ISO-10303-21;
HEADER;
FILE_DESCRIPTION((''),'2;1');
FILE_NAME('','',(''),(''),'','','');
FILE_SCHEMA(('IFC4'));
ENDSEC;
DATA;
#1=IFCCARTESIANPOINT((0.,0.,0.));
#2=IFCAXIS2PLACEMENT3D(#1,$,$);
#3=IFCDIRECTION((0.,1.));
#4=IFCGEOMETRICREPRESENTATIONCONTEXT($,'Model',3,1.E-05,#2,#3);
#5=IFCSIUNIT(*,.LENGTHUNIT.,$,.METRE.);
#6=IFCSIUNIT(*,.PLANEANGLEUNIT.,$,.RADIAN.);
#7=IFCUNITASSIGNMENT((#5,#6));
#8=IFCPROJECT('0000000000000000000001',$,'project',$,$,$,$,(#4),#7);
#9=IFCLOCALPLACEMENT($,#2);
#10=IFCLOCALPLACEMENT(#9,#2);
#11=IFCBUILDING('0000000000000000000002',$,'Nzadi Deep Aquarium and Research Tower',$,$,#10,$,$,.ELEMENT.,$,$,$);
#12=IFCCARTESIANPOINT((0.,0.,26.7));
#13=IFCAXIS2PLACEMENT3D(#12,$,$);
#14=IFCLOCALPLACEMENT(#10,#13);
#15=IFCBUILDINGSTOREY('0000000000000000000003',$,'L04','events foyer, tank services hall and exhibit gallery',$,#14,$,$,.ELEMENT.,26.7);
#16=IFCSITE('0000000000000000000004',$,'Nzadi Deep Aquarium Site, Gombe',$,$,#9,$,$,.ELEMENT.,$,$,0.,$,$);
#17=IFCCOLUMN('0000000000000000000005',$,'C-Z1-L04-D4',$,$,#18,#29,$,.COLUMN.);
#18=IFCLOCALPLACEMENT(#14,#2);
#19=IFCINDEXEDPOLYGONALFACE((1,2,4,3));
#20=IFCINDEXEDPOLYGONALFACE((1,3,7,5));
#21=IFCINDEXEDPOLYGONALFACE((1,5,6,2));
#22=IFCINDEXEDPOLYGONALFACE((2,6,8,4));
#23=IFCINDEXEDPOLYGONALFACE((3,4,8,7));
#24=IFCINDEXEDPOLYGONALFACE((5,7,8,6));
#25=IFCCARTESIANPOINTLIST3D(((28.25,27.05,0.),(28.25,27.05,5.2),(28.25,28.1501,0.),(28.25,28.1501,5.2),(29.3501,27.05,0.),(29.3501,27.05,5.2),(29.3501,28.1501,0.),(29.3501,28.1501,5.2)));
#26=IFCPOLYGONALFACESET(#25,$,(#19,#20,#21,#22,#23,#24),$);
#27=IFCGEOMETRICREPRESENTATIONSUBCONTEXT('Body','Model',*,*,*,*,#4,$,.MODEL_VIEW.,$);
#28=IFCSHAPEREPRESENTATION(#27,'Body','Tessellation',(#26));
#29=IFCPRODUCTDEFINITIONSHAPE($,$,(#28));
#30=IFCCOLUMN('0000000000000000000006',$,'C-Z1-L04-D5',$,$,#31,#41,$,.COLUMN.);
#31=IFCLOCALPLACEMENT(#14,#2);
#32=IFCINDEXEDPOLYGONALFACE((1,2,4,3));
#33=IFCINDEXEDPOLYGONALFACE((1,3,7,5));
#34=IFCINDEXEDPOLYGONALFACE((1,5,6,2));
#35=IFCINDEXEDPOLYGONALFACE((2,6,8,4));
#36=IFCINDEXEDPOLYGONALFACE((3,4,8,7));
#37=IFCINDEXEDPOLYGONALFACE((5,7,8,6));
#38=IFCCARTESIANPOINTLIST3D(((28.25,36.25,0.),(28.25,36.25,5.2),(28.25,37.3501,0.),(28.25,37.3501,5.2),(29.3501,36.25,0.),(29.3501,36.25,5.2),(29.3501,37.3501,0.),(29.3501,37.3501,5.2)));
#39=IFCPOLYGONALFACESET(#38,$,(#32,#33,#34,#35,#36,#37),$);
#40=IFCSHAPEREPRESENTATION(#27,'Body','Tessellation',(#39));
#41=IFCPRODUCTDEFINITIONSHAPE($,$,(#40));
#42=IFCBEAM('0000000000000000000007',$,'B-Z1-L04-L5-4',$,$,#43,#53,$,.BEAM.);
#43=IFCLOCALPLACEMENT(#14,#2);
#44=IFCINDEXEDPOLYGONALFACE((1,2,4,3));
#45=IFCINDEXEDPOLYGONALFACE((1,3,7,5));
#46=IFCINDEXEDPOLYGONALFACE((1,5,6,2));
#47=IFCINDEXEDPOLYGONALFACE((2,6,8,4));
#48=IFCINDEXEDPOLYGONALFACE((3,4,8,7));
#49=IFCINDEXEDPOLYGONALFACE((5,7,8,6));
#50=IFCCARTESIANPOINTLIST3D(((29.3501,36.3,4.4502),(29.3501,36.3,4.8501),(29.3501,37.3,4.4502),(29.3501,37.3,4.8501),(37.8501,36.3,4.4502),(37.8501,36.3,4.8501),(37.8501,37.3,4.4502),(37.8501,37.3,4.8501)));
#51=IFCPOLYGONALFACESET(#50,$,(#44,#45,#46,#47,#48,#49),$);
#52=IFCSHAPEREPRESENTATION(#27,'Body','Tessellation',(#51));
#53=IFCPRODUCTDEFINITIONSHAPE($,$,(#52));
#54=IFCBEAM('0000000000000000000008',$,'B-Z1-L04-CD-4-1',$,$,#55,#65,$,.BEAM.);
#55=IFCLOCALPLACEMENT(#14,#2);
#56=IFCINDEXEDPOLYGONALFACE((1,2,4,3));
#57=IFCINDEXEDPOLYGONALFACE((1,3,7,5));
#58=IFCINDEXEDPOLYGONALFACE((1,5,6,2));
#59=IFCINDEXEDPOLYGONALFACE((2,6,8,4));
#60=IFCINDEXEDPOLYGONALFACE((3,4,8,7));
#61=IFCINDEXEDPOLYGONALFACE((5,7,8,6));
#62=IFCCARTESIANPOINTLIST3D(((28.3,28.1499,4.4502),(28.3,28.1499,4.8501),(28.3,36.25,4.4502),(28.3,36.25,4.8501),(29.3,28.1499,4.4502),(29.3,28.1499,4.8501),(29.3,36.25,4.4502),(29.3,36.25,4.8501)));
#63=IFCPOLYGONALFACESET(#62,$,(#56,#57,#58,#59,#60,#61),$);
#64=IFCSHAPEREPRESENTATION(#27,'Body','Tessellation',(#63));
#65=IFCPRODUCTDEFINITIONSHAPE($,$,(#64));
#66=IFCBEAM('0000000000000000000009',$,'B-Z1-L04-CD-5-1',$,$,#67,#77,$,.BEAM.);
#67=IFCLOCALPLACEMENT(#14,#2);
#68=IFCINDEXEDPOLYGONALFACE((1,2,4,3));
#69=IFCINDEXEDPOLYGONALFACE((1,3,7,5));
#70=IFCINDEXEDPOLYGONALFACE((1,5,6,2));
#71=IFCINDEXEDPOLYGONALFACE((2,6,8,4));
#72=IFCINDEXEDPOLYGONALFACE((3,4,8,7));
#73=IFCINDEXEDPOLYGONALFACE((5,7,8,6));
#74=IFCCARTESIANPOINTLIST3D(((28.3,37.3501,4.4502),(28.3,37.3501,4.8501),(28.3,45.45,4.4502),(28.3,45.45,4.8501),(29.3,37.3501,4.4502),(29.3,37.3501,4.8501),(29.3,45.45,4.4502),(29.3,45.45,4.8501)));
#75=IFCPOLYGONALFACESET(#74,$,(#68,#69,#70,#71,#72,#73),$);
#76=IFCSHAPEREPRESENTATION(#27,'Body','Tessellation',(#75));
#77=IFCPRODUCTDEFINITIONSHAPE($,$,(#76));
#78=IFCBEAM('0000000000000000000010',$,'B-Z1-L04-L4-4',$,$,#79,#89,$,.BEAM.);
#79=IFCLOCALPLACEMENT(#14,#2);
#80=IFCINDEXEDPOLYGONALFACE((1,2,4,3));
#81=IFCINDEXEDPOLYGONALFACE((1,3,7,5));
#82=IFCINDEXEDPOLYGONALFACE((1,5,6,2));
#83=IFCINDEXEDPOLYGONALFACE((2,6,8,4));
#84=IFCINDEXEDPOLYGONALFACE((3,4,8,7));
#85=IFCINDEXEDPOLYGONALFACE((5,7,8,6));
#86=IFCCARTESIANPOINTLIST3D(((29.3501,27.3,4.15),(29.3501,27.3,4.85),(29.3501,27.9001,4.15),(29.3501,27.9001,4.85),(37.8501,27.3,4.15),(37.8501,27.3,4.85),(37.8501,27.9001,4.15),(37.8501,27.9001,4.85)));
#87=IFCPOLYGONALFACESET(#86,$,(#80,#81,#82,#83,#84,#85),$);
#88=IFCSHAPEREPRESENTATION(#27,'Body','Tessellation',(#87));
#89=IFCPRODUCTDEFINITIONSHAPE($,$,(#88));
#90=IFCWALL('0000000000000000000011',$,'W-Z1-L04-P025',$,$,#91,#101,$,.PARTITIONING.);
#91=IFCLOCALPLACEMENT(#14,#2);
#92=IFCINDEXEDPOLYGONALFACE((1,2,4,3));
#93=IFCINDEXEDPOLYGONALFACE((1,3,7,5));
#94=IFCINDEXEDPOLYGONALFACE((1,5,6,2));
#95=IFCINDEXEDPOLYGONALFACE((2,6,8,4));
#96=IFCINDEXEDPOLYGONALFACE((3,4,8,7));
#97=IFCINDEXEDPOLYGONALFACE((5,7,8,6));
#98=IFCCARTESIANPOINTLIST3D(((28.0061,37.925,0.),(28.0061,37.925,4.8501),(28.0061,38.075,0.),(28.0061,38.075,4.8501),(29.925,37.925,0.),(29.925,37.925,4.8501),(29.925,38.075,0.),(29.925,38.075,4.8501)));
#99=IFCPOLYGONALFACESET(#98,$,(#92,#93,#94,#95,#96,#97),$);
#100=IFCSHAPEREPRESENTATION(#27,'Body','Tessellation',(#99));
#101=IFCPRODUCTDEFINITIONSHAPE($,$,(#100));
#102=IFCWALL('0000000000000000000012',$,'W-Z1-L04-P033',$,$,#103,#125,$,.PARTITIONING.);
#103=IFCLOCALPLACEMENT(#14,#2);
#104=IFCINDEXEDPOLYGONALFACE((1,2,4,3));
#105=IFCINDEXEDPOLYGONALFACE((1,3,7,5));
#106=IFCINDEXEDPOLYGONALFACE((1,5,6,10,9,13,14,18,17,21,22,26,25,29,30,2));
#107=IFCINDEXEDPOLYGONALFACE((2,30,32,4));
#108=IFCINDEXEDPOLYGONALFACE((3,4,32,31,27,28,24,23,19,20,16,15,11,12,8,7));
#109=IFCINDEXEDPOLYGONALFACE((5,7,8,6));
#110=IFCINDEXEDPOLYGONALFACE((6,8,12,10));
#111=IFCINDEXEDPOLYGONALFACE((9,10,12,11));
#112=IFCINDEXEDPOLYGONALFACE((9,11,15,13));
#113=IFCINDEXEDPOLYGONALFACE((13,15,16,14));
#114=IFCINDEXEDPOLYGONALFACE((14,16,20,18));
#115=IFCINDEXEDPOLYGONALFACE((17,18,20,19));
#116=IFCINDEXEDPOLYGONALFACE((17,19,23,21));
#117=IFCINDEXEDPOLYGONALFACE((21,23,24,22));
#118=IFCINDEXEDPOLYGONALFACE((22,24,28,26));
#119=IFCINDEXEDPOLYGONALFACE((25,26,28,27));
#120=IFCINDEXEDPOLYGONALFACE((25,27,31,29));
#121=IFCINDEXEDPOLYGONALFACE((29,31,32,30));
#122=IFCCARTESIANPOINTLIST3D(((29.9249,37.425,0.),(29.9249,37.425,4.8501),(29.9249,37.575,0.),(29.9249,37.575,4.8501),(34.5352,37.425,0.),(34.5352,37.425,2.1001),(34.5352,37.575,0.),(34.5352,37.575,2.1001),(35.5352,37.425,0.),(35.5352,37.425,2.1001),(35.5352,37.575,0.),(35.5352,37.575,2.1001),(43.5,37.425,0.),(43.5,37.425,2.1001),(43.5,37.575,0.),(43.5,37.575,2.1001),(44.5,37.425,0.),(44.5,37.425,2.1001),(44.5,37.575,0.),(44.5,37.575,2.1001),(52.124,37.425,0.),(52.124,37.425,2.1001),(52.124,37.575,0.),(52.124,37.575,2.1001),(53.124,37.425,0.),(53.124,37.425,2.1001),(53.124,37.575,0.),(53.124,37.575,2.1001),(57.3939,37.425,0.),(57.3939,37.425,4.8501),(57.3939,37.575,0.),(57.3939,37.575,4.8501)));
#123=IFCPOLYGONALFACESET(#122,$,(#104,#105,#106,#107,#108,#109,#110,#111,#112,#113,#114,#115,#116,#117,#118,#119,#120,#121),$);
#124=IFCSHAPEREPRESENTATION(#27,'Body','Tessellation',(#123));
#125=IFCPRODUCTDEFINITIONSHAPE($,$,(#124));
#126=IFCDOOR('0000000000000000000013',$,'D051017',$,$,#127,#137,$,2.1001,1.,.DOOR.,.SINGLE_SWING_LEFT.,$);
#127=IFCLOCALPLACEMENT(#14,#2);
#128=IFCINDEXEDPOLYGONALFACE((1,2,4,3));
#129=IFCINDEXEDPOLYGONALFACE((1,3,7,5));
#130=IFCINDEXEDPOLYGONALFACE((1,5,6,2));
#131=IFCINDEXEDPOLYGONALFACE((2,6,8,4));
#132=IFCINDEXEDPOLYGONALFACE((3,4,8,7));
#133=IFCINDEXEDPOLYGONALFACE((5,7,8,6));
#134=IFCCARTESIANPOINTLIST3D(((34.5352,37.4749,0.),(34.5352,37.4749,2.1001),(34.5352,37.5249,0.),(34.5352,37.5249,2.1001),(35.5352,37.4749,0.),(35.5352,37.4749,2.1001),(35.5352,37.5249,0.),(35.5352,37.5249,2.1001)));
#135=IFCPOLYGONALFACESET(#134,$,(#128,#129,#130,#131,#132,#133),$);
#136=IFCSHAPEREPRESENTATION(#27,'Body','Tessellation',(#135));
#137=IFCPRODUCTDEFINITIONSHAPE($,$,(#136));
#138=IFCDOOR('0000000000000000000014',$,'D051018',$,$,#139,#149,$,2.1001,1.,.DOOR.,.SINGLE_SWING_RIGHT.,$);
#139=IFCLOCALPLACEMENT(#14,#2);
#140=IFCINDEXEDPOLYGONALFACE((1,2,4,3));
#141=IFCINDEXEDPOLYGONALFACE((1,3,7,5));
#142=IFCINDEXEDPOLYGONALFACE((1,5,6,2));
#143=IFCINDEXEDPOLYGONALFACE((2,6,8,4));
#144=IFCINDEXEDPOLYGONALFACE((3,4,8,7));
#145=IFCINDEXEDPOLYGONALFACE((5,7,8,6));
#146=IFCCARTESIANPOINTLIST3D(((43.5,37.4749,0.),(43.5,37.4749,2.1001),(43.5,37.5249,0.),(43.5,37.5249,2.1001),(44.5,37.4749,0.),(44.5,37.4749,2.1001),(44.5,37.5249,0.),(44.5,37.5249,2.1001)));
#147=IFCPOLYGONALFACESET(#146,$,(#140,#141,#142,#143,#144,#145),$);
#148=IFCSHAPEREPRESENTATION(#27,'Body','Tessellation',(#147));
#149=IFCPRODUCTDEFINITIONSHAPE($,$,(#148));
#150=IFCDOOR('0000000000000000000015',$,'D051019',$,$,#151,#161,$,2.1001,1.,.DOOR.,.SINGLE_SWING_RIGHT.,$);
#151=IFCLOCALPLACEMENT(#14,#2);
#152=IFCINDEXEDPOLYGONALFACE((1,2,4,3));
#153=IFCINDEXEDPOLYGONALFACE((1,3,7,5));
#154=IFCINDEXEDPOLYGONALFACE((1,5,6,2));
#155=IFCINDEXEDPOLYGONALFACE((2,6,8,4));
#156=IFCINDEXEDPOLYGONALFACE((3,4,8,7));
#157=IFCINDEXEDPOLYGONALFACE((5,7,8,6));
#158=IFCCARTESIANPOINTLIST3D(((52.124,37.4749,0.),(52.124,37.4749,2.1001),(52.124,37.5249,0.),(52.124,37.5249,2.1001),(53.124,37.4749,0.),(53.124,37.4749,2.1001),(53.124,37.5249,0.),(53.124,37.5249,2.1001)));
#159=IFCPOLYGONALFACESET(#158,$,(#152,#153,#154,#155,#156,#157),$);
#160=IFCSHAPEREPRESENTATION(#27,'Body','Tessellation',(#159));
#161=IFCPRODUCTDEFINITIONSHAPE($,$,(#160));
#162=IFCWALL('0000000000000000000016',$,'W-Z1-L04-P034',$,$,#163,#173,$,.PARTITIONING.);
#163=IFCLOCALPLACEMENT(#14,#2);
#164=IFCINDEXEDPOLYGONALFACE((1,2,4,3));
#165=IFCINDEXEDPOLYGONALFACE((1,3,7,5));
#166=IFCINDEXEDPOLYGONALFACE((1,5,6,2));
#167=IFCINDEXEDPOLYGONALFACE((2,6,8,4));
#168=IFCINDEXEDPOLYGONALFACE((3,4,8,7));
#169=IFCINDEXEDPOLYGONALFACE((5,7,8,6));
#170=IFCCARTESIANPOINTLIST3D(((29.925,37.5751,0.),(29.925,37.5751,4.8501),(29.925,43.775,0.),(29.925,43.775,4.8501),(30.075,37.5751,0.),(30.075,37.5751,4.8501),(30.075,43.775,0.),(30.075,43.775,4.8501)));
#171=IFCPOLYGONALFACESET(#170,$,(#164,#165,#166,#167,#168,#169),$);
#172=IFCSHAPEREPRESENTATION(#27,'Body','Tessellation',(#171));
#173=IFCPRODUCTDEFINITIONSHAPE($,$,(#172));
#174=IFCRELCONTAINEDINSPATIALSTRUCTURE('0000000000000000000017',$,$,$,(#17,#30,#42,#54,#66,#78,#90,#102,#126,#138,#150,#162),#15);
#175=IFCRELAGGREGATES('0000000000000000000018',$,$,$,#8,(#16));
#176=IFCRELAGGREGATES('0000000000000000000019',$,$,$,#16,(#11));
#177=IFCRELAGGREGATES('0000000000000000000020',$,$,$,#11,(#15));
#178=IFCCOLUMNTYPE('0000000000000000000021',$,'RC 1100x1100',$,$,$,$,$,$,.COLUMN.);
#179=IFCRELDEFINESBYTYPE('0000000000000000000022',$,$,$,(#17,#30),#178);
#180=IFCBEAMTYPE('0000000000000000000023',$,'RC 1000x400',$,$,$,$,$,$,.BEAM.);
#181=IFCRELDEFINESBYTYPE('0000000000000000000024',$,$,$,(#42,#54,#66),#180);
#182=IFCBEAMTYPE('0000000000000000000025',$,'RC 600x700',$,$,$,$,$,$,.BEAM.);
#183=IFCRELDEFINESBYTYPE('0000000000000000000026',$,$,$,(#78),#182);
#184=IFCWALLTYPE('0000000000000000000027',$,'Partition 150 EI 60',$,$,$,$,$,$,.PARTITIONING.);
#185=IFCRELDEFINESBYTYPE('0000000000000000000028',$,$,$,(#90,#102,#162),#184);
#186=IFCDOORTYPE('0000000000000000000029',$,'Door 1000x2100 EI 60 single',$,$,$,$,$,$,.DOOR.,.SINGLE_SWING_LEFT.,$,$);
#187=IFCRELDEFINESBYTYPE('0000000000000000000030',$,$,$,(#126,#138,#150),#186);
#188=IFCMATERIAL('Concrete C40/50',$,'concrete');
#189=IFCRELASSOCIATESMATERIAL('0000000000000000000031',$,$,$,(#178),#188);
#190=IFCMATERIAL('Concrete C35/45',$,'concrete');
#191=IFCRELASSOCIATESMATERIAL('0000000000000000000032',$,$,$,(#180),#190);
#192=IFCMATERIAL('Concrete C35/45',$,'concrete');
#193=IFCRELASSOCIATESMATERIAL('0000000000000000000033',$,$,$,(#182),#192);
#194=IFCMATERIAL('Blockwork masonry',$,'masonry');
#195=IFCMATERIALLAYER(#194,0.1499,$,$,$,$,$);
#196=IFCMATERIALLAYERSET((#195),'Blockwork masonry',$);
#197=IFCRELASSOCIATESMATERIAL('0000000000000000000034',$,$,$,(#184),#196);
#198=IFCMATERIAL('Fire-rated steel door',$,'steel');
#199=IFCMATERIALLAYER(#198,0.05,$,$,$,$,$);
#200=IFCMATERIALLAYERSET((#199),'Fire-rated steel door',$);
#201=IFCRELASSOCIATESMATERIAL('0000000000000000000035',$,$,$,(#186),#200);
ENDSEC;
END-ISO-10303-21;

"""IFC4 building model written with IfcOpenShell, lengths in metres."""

from ifc_helpers import new_model, si_unit, direction, frame, frame_2d, origin, origin_2d, place, context, subcontext, project, spatial, rectangle, extrude, material, layer, layer_set, material_profile, profile_set, type_object, element, fill, save


model = new_model("IFC4")

# Units and contexts
model_context = context("Model", 3, precision=1e-05, world=origin(), true_north=direction((0.0, 1.0)))
body_context = subcontext(model_context, "Body", "Model", "MODEL_VIEW")
ifc_project = project(units=[si_unit("LENGTHUNIT", "METRE"), si_unit("PLANEANGLEUNIT", "RADIAN")], contexts=[model_context])

# Site, building, storey
site_placement = place(None, origin())
site = spatial("IfcSite", under=ifc_project, at=site_placement, Name="Nzadi Deep Aquarium Site, Gombe", CompositionType="ELEMENT", RefElevation=0.0)
building_placement = place(site_placement, origin())
building = spatial("IfcBuilding", under=site, at=building_placement, Name="Nzadi Deep Aquarium and Research Tower", CompositionType="ELEMENT")
storey_placement = place(building_placement, frame((0.0, 0.0, 26.7)))
storey = spatial("IfcBuildingStorey", under=building, at=storey_placement, Name="L04", Description="events foyer, tank services hall and exhibit gallery", CompositionType="ELEMENT", Elevation=26.7)

# Columns
ifc_material_1 = material(Name="Concrete C40/50", Category="concrete")
ifc_material_profile_1 = material_profile(ifc_material_1, rectangle(XDim=1.1001, YDim=1.1001, at=origin_2d()))
ifc_profile_set_1 = profile_set([ifc_material_profile_1], Name="Concrete C40/50")
column_type = type_object("IfcColumnType", Name="RC 1100x1100", PredefinedType="COLUMN", material=ifc_profile_set_1)
for number, where, z_axis, x_axis, name in (
    (1, (28.8, 27.6001, 0.0), (0.0, 0.0, 1.0), (1.0, 0.0, 0.0), "C-Z1-L04-D4"),
    (2, (28.8, 36.8, 0.0), (0.0, 0.0, 1.0), (1.0, 0.0, 0.0), "C-Z1-L04-D5"),
):
    element("IfcColumn", number, at=place(storey_placement, frame(where, z_axis=z_axis, x_axis=x_axis)), inside=storey, type_object=column_type, Name=name, PredefinedType="COLUMN", context=body_context, shape_type="SweptSolid", body=[
        extrude(rectangle(XDim=1.1001, YDim=1.1001, at=origin_2d()), origin(), (0.0, 0.0, 1.0), 5.2),
    ])

# Beams
ifc_material_2 = material(Name="Concrete C35/45", Category="concrete")
ifc_material_profile_2 = material_profile(ifc_material_2, rectangle(XDim=1.0, YDim=0.3999, at=origin_2d()))
ifc_profile_set_2 = profile_set([ifc_material_profile_2], Name="Concrete C35/45")
beam_type_1 = type_object("IfcBeamType", Name="RC 1000x400", PredefinedType="BEAM", material=ifc_profile_set_2)
beam_1_placement = place(storey_placement, frame((29.3501, 36.8, 4.6501), z_axis=(1.0, 0.0, 0.0), x_axis=(0.0, 1.0, 0.0)))
element("IfcBeam", 3, at=beam_1_placement, inside=storey, type_object=beam_type_1, Name="B-Z1-L04-L5-4", PredefinedType="BEAM", context=body_context, shape_type="SweptSolid", body=[
    extrude(rectangle(XDim=1.0, YDim=0.3999, at=origin_2d()), origin(), (0.0, 0.0, 1.0), 8.5),
])
beam_2_placement = place(storey_placement, frame((28.8, 28.1499, 4.6501), z_axis=(0.0, 1.0, 0.0), x_axis=(-1.0, 0.0, 0.0)))
element("IfcBeam", 4, at=beam_2_placement, inside=storey, type_object=beam_type_1, Name="B-Z1-L04-CD-4-1", PredefinedType="BEAM", context=body_context, shape_type="SweptSolid", body=[
    extrude(rectangle(XDim=1.0, YDim=0.3999, at=origin_2d()), origin(), (0.0, 0.0, 1.0), 8.1001),
])
beam_3_placement = place(storey_placement, frame((28.8, 37.3501, 4.6501), z_axis=(0.0, 1.0, 0.0), x_axis=(-1.0, 0.0, 0.0)))
element("IfcBeam", 5, at=beam_3_placement, inside=storey, type_object=beam_type_1, Name="B-Z1-L04-CD-5-1", PredefinedType="BEAM", context=body_context, shape_type="SweptSolid", body=[
    extrude(rectangle(XDim=1.0, YDim=0.3999, at=origin_2d()), origin(), (0.0, 0.0, 1.0), 8.0999),
])
ifc_material_3 = material(Name="Concrete C35/45", Category="concrete")
ifc_material_profile_3 = material_profile(ifc_material_3, rectangle(XDim=0.6001, YDim=0.7, at=origin_2d()))
ifc_profile_set_3 = profile_set([ifc_material_profile_3], Name="Concrete C35/45")
beam_type_2 = type_object("IfcBeamType", Name="RC 600x700", PredefinedType="BEAM", material=ifc_profile_set_3)
beam_4_placement = place(storey_placement, frame((29.3501, 27.6001, 4.5), z_axis=(1.0, 0.0, 0.0), x_axis=(0.0, 1.0, 0.0)))
element("IfcBeam", 6, at=beam_4_placement, inside=storey, type_object=beam_type_2, Name="B-Z1-L04-L4-4", PredefinedType="BEAM", context=body_context, shape_type="SweptSolid", body=[
    extrude(rectangle(XDim=0.6001, YDim=0.7, at=origin_2d()), origin(), (0.0, 0.0, 1.0), 8.5),
])

# Wall
ifc_material_4 = material(Name="Blockwork masonry", Category="masonry")
ifc_layer_1 = layer(ifc_material_4, 0.1499)
ifc_layer_set_1 = layer_set([ifc_layer_1], Name="Blockwork masonry")
wall_type_1 = type_object("IfcWallType", Name="Partition 150 EI 60", PredefinedType="PARTITIONING", material=ifc_layer_set_1)
wall_1_placement = place(storey_placement, frame((28.0061, 38.0, 0.0), z_axis=(0.0, 0.0, 1.0), x_axis=(1.0, 0.0, 0.0)))
element("IfcWall", 7, at=wall_1_placement, inside=storey, type_object=wall_type_1, Name="W-Z1-L04-P025", PredefinedType="PARTITIONING", context=body_context, shape_type="SweptSolid", body=[
    extrude(rectangle(XDim=1.9189, YDim=0.1499, at=frame_2d((0.9595, 0.0))), origin(), (0.0, 0.0, 1.0), 4.8501),
])

# Wall, openings, doors
wall_2_placement = place(storey_placement, frame((29.925, 37.5, 0.0), z_axis=(0.0, 0.0, 1.0), x_axis=(1.0, 0.0, 0.0)))
wall_2 = element("IfcWall", 8, at=wall_2_placement, inside=storey, type_object=wall_type_1, Name="W-Z1-L04-P033", PredefinedType="PARTITIONING", context=body_context, shape_type="SweptSolid", body=[
    extrude(rectangle(XDim=27.469, YDim=0.1499, at=frame_2d((13.7344, 0.0))), origin(), (0.0, 0.0, 1.0), 4.8501),
])
opening_1_placement = place(wall_2_placement, frame((4.6101, 0.0, 0.0)))
opening_1 = element("IfcOpeningElement", 9, at=opening_1_placement, cuts=wall_2, PredefinedType="OPENING", context=body_context, shape_type="SweptSolid", body=[
    extrude(rectangle(XDim=1.0, YDim=2.1001, at=frame_2d((0.5, 1.05))), frame((0.0, 0.085, 0.0), z_axis=(0.0, -1.0, 0.0), x_axis=(1.0, 0.0, 0.0)), (0.0, 0.0, 1.0), 0.1699),
])
opening_2_placement = place(wall_2_placement, frame((13.575, 0.0, 0.0)))
opening_2 = element("IfcOpeningElement", 10, at=opening_2_placement, cuts=wall_2, PredefinedType="OPENING", context=body_context, shape_type="SweptSolid", body=[
    extrude(rectangle(XDim=1.0, YDim=2.1001, at=frame_2d((0.5, 1.05))), frame((0.0, 0.085, 0.0), z_axis=(0.0, -1.0, 0.0), x_axis=(1.0, 0.0, 0.0)), (0.0, 0.0, 1.0), 0.1699),
])
opening_3_placement = place(wall_2_placement, frame((22.199, 0.0, 0.0)))
opening_3 = element("IfcOpeningElement", 11, at=opening_3_placement, cuts=wall_2, PredefinedType="OPENING", context=body_context, shape_type="SweptSolid", body=[
    extrude(rectangle(XDim=1.0, YDim=2.1001, at=frame_2d((0.5, 1.05))), frame((0.0, 0.085, 0.0), z_axis=(0.0, -1.0, 0.0), x_axis=(1.0, 0.0, 0.0)), (0.0, 0.0, 1.0), 0.1699),
])
ifc_material_5 = material(Name="Fire-rated steel door", Category="steel")
ifc_layer_2 = layer(ifc_material_5, 0.05)
ifc_layer_set_2 = layer_set([ifc_layer_2], Name="Fire-rated steel door")
door_type_1 = type_object("IfcDoorType", Name="Door 1000x2100 EI 60 single", OperationType="SINGLE_SWING_LEFT", PredefinedType="DOOR", material=ifc_layer_set_2)
door_1_placement = place(opening_1_placement, origin())
door_1 = element("IfcDoor", 12, at=door_1_placement, inside=storey, type_object=door_type_1, Name="D051017", OperationType="SINGLE_SWING_LEFT", OverallHeight=2.1001, OverallWidth=1.0, PredefinedType="DOOR", context=body_context, shape_type="SweptSolid", body=[
    extrude(rectangle(XDim=1.0, YDim=2.1001, at=frame_2d((0.5, 1.05))), frame((0.0, 0.0249, 0.0), z_axis=(0.0, -1.0, 0.0), x_axis=(1.0, 0.0, 0.0)), (0.0, 0.0, 1.0), 0.05),
])
fill(opening_1, door_1)
door_2_placement = place(opening_2_placement, origin())
door_2 = element("IfcDoor", 13, at=door_2_placement, inside=storey, type_object=door_type_1, Name="D051018", OperationType="SINGLE_SWING_RIGHT", OverallHeight=2.1001, OverallWidth=1.0, PredefinedType="DOOR", context=body_context, shape_type="SweptSolid", body=[
    extrude(rectangle(XDim=1.0, YDim=2.1001, at=frame_2d((0.5, 1.05))), frame((0.0, 0.0249, 0.0), z_axis=(0.0, -1.0, 0.0), x_axis=(1.0, 0.0, 0.0)), (0.0, 0.0, 1.0), 0.05),
])
fill(opening_2, door_2)
door_3_placement = place(opening_3_placement, origin())
door_3 = element("IfcDoor", 14, at=door_3_placement, inside=storey, type_object=door_type_1, Name="D051019", OperationType="SINGLE_SWING_RIGHT", OverallHeight=2.1001, OverallWidth=1.0, PredefinedType="DOOR", context=body_context, shape_type="SweptSolid", body=[
    extrude(rectangle(XDim=1.0, YDim=2.1001, at=frame_2d((0.5, 1.05))), frame((0.0, 0.0249, 0.0), z_axis=(0.0, -1.0, 0.0), x_axis=(1.0, 0.0, 0.0)), (0.0, 0.0, 1.0), 0.05),
])
fill(opening_3, door_3)

# Wall
wall_3_placement = place(storey_placement, frame((30.0, 37.575, 0.0), z_axis=(0.0, 0.0, 1.0), x_axis=(0.0, 1.0, 0.0)))
element("IfcWall", 15, at=wall_3_placement, inside=storey, type_object=wall_type_1, Name="W-Z1-L04-P034", PredefinedType="PARTITIONING", context=body_context, shape_type="SweptSolid", body=[
    extrude(rectangle(XDim=6.2, YDim=0.1499, at=frame_2d((3.1001, 0.0))), origin(), (0.0, 0.0, 1.0), 4.8501),
])

save(model, "model.ifc")
